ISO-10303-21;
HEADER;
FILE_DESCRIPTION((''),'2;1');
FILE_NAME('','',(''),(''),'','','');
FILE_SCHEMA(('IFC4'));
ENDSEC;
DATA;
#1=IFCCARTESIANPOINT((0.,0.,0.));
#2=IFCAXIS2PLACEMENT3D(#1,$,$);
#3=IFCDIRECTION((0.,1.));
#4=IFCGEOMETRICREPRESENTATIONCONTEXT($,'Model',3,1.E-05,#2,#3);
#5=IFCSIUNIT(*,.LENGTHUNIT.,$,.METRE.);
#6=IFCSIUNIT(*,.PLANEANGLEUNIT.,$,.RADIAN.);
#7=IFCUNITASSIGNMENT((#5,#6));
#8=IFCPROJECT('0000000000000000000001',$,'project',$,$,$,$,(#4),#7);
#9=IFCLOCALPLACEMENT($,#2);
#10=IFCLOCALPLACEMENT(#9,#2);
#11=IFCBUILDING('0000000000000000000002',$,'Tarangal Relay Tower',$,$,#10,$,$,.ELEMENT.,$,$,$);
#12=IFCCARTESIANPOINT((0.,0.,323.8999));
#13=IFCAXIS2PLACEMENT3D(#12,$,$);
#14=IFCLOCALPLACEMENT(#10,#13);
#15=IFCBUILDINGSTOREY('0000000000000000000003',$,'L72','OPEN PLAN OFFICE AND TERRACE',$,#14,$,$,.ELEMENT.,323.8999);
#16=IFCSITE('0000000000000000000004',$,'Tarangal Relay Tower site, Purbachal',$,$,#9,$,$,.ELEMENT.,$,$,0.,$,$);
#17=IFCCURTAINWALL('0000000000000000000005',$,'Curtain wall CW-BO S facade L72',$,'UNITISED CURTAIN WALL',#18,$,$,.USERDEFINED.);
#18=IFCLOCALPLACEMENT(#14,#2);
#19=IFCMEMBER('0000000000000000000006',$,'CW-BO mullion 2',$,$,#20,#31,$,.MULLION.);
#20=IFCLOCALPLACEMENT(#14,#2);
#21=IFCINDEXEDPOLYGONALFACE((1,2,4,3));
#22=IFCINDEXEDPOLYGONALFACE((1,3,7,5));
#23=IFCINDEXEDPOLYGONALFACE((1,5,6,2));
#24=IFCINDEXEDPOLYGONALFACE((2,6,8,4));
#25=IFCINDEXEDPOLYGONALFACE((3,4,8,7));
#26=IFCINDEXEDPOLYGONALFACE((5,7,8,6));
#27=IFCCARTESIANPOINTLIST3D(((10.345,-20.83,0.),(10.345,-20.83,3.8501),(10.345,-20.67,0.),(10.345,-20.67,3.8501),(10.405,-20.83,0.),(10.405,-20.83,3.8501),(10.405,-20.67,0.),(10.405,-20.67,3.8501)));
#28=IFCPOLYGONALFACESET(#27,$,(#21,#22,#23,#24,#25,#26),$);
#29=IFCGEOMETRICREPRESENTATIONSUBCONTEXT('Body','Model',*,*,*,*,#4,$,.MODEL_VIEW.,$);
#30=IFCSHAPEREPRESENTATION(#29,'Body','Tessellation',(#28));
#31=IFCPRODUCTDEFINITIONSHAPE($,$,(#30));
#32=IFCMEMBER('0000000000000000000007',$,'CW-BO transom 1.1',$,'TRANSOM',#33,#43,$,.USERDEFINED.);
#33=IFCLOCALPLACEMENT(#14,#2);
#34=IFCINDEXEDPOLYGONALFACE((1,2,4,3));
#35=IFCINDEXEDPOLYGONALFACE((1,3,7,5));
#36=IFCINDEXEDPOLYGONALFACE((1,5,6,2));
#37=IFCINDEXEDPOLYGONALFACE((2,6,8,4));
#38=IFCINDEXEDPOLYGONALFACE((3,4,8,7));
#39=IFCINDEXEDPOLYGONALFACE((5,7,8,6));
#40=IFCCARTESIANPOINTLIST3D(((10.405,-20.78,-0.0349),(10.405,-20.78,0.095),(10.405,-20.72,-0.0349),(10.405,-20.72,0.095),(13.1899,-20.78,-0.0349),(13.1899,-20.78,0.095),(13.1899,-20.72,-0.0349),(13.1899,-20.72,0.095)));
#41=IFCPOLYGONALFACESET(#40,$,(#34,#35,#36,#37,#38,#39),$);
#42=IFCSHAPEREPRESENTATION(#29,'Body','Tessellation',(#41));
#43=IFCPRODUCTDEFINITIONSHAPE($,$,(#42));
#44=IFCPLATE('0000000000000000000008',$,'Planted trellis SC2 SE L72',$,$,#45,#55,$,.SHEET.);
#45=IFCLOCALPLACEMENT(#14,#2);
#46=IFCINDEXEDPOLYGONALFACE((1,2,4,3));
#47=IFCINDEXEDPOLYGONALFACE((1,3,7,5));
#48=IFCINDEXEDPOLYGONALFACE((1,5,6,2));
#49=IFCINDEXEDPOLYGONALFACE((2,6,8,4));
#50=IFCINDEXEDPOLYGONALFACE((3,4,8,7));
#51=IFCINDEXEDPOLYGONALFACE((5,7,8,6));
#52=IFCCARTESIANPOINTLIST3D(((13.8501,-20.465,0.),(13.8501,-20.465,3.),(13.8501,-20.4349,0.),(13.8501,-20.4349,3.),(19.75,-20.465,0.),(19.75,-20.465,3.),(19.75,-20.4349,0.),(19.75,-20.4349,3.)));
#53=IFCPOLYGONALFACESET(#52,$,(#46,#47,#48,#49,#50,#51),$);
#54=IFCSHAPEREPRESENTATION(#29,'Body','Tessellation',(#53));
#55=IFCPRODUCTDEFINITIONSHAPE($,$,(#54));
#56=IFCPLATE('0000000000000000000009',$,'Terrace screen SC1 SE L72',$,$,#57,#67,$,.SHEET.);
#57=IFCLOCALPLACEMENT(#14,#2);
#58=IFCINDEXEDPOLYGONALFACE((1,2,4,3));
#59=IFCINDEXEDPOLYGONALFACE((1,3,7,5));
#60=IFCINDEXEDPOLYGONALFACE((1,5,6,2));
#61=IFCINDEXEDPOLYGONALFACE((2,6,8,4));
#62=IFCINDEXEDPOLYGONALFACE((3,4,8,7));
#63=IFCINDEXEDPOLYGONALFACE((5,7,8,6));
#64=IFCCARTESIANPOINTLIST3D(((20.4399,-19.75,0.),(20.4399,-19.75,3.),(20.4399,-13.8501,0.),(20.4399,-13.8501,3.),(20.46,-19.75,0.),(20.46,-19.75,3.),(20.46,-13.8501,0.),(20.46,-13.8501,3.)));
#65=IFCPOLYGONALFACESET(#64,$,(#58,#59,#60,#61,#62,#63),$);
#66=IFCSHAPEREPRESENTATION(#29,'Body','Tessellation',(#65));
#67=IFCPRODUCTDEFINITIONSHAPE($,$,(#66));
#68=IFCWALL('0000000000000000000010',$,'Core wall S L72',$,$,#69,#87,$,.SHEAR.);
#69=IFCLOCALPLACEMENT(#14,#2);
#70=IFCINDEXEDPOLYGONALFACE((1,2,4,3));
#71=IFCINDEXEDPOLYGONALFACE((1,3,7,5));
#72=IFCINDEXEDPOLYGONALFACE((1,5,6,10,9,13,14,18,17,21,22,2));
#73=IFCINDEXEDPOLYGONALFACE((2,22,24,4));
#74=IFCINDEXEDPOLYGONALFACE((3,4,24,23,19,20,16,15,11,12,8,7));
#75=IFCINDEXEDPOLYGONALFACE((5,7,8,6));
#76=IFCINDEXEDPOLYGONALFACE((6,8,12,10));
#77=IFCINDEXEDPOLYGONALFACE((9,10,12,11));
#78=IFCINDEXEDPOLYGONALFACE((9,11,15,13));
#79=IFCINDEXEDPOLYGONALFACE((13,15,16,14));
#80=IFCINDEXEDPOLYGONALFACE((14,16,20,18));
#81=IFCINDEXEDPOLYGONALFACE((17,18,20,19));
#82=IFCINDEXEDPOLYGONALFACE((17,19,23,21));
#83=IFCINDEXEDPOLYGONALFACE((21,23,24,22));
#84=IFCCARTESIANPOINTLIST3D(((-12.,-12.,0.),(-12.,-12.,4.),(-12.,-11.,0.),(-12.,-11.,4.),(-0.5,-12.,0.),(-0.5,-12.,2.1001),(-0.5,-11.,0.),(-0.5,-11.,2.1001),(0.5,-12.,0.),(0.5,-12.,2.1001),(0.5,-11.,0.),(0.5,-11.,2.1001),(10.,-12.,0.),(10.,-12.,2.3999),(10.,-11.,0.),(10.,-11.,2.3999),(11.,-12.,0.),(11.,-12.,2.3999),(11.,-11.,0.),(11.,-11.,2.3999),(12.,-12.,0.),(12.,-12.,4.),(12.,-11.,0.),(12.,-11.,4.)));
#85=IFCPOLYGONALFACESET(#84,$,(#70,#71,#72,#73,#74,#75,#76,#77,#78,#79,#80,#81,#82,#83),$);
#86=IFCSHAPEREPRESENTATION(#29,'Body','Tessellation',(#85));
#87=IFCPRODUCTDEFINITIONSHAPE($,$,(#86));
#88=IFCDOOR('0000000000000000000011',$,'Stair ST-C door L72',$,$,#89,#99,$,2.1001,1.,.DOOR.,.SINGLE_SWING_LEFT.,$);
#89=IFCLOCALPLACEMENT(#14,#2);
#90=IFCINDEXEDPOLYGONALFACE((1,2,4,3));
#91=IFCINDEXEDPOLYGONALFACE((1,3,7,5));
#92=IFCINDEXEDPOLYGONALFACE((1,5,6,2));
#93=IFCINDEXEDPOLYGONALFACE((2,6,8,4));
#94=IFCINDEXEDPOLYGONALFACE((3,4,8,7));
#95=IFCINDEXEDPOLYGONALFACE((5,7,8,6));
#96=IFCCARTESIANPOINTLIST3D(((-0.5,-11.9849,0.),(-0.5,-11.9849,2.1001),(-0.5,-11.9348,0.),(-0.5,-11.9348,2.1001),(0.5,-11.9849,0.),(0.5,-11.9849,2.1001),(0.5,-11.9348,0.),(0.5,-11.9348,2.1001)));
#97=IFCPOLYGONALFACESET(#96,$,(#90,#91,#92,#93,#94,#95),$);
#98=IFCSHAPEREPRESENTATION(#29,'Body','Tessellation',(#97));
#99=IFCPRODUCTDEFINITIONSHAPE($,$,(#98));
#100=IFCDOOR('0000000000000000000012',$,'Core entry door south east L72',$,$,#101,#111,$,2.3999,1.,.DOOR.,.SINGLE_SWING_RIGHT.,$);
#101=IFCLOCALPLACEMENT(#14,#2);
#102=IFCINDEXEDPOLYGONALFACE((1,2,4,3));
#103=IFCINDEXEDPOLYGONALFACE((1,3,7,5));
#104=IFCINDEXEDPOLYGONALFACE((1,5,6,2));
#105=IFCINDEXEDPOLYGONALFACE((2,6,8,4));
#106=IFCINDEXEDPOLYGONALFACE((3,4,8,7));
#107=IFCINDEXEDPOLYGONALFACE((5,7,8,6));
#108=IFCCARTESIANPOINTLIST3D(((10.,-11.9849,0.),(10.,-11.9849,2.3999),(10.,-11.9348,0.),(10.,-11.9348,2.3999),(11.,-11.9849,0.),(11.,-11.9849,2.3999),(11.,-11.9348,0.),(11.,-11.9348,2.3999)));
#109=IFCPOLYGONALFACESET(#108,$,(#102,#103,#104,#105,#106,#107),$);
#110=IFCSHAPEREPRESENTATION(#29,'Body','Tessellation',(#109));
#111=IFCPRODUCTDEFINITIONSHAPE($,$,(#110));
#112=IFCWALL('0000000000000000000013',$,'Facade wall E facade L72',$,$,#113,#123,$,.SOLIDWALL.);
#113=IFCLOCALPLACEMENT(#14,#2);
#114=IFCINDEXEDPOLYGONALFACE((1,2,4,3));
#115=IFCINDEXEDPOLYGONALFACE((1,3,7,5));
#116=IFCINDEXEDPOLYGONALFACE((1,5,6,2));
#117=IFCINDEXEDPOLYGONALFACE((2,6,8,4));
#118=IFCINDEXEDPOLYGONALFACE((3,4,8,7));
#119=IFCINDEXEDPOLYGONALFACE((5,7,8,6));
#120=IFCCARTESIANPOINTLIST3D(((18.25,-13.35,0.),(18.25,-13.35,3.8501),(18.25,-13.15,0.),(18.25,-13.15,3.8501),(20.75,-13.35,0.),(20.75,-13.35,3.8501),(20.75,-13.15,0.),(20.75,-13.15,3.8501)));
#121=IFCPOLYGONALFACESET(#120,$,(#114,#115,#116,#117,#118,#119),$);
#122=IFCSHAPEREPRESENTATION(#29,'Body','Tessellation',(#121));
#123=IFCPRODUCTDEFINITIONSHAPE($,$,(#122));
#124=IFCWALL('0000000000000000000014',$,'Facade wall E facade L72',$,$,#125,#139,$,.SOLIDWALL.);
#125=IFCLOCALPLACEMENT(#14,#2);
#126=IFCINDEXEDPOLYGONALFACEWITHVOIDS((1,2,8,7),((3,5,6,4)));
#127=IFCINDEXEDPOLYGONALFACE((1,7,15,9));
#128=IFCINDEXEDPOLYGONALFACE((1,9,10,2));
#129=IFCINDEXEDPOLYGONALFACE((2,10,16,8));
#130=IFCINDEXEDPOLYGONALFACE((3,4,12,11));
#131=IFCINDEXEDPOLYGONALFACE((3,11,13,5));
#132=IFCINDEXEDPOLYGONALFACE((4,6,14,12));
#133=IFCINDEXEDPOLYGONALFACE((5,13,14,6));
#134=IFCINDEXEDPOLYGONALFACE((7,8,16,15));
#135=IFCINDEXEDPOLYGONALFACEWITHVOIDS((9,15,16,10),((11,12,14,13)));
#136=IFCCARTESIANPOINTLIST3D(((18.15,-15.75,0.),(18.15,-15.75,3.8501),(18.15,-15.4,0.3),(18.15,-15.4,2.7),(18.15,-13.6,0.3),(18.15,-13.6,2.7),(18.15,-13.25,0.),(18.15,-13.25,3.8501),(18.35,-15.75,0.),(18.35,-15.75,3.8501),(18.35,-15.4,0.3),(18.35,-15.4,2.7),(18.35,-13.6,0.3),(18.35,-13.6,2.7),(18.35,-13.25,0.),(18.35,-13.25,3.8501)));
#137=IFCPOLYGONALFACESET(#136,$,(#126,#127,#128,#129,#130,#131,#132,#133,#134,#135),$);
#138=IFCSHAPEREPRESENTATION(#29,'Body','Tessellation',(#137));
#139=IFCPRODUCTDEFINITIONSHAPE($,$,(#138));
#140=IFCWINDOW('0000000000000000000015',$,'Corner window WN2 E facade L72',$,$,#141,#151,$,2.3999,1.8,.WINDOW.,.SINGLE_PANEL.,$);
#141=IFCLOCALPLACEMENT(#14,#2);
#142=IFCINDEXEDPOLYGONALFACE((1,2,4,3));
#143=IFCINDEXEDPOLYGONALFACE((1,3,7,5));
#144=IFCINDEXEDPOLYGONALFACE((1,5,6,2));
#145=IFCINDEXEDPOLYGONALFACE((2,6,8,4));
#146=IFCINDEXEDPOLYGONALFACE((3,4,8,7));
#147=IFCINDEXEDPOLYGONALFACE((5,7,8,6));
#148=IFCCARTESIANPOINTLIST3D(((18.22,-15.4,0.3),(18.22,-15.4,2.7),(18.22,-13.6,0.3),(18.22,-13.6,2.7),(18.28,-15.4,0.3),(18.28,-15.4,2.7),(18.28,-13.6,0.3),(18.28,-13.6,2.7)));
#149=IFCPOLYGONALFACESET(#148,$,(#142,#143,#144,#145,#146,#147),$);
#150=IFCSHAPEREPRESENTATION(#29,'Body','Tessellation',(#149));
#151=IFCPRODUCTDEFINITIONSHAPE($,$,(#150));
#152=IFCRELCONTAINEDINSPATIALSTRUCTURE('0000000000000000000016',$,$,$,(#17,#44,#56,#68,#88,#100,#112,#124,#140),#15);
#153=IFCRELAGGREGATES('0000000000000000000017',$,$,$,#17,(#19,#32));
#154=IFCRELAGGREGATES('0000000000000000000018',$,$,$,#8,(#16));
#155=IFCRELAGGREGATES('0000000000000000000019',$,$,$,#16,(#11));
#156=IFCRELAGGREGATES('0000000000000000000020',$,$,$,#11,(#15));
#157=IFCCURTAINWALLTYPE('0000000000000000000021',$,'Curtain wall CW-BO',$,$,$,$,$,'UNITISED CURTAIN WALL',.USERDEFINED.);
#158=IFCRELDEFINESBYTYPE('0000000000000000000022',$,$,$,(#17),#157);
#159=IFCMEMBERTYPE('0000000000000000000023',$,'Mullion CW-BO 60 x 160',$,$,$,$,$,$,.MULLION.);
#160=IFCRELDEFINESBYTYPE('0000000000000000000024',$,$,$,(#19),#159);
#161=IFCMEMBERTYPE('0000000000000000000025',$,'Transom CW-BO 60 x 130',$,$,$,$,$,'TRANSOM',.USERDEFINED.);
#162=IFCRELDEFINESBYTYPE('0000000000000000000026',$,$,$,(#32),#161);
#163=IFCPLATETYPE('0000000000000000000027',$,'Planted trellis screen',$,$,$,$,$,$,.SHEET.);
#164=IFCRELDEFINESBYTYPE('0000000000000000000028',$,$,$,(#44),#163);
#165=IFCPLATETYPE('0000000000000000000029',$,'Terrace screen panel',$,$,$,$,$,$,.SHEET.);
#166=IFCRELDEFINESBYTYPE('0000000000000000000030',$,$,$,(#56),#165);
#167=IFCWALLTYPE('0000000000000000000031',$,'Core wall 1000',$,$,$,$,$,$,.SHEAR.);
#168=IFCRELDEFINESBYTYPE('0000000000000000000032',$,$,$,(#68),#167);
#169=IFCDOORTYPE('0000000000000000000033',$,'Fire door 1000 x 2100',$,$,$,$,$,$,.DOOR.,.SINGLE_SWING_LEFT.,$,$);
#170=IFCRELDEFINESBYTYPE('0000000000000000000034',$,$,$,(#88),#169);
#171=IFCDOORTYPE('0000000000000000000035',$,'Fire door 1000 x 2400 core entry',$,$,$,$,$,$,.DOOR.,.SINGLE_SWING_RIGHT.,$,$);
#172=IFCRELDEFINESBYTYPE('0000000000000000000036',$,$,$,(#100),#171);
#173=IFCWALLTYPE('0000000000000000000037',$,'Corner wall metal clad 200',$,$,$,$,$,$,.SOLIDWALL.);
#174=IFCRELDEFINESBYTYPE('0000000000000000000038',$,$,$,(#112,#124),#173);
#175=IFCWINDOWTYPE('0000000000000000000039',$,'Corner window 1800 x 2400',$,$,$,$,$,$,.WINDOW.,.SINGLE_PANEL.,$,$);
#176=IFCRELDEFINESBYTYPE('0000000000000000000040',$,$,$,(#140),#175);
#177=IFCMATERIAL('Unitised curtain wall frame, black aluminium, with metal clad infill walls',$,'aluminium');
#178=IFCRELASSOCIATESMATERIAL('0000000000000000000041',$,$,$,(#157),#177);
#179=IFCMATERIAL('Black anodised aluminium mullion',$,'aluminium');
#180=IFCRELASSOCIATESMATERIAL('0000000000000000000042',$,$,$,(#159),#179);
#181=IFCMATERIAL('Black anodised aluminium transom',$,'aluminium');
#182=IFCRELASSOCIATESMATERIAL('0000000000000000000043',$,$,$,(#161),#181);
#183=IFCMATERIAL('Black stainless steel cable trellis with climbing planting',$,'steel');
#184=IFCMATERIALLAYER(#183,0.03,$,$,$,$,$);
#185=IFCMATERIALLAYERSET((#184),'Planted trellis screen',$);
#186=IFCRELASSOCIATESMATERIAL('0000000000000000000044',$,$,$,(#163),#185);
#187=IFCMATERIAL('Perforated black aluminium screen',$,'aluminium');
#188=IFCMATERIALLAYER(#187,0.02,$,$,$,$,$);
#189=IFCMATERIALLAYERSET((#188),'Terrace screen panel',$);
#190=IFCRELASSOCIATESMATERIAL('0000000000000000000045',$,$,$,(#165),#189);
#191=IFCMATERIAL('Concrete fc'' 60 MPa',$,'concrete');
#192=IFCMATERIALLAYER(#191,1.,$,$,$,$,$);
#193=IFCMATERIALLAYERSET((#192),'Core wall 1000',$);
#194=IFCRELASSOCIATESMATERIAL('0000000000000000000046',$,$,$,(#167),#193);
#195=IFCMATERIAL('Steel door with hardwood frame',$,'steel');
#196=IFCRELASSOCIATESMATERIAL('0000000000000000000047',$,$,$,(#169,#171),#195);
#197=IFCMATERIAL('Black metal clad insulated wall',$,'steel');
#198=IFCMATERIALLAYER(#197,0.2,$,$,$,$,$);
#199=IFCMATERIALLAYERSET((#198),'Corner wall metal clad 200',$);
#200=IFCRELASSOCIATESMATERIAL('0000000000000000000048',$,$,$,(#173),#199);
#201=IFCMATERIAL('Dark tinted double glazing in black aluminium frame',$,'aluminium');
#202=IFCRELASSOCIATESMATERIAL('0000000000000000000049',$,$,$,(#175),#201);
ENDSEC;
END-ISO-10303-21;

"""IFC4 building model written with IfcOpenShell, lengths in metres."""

from ifc_helpers import new_model, si_unit, direction, frame, frame_2d, origin, origin_2d, place, context, subcontext, project, spatial, rectangle, extrude, material, layer, layer_set, material_profile, profile_set, type_object, element, fill, aggregate, save


model = new_model("IFC4")

# Units and contexts
model_context = context("Model", 3, precision=1e-05, world=origin(), true_north=direction((0.0, 1.0)))
body_context = subcontext(model_context, "Body", "Model", "MODEL_VIEW")
ifc_project = project(units=[si_unit("LENGTHUNIT", "METRE"), si_unit("PLANEANGLEUNIT", "RADIAN")], contexts=[model_context])

# Site, building, storey
site_placement = place(None, origin())
site = spatial("IfcSite", under=ifc_project, at=site_placement, Name="Tarangal Relay Tower site, Purbachal", CompositionType="ELEMENT", RefElevation=0.0)
building_placement = place(site_placement, origin())
building = spatial("IfcBuilding", under=site, at=building_placement, Name="Tarangal Relay Tower", CompositionType="ELEMENT")
storey_placement = place(building_placement, frame((0.0, 0.0, 323.8999)))
storey = spatial("IfcBuildingStorey", under=building, at=storey_placement, Name="L72", Description="OPEN PLAN OFFICE AND TERRACE", CompositionType="ELEMENT", Elevation=323.8999)

# Shared definitions
ifc_material_1 = material(Name="Unitised curtain wall frame, black aluminium, with metal clad infill walls", Category="aluminium")
curtain_wall_type = type_object("IfcCurtainWallType", Name="Curtain wall CW-BO", ElementType="UNITISED CURTAIN WALL", PredefinedType="USERDEFINED", material=ifc_material_1)
ifc_material_2 = material(Name="Black anodised aluminium mullion", Category="aluminium")
ifc_material_profile_1 = material_profile(ifc_material_2, rectangle(XDim=0.1599, YDim=0.0601, at=origin_2d()), Name="CW-BOM 60X160")
ifc_profile_set_1 = profile_set([ifc_material_profile_1], Name="Black anodised aluminium mullion")
member_type_1 = type_object("IfcMemberType", Name="Mullion CW-BO 60 x 160", PredefinedType="MULLION", material=ifc_profile_set_1)

# Curtain wall, members
curtain_wall_1_placement = place(storey_placement, origin())
curtain_wall_1 = element("IfcCurtainWall", 1, at=curtain_wall_1_placement, inside=storey, type_object=curtain_wall_type, Name="Curtain wall CW-BO S facade L72", ObjectType="UNITISED CURTAIN WALL", PredefinedType="USERDEFINED")
member_1_placement = place(storey_placement, frame((10.375, -20.75, 0.0), z_axis=(0.0, 0.0, 1.0), x_axis=(0.0, -1.0, 0.0)))
member_1 = element("IfcMember", 2, at=member_1_placement, type_object=member_type_1, Name="CW-BO mullion 2", PredefinedType="MULLION", context=body_context, shape_type="SweptSolid", body=[
    extrude(rectangle(XDim=0.1599, YDim=0.0601, at=origin_2d()), origin(), (0.0, 0.0, 1.0), 3.8501),
])
ifc_material_3 = material(Name="Black anodised aluminium transom", Category="aluminium")
ifc_material_profile_2 = material_profile(ifc_material_3, rectangle(XDim=0.0601, YDim=0.1299, at=origin_2d()), Name="CW-BOT 60X130")
ifc_profile_set_2 = profile_set([ifc_material_profile_2], Name="Black anodised aluminium transom")
member_type_2 = type_object("IfcMemberType", Name="Transom CW-BO 60 x 130", ElementType="TRANSOM", PredefinedType="USERDEFINED", material=ifc_profile_set_2)
member_2_placement = place(storey_placement, frame((13.1899, -20.75, 0.03), z_axis=(-1.0, 0.0, 0.0), x_axis=(0.0, -1.0, 0.0)))
member_2 = element("IfcMember", 3, at=member_2_placement, type_object=member_type_2, Name="CW-BO transom 1.1", ObjectType="TRANSOM", PredefinedType="USERDEFINED", context=body_context, shape_type="SweptSolid", body=[
    extrude(rectangle(XDim=0.0601, YDim=0.1299, at=origin_2d()), origin(), (0.0, 0.0, 1.0), 2.7849),
])
aggregate(curtain_wall_1, [member_1, member_2])

# Plates
ifc_material_4 = material(Name="Black stainless steel cable trellis with climbing planting", Category="steel")
ifc_layer_1 = layer(ifc_material_4, 0.03)
ifc_layer_set_1 = layer_set([ifc_layer_1], Name="Planted trellis screen")
plate_type_1 = type_object("IfcPlateType", Name="Planted trellis screen", PredefinedType="SHEET", material=ifc_layer_set_1)
plate_1_placement = place(storey_placement, frame((16.8, -20.45, 0.0), z_axis=(0.0, 0.0, 1.0), x_axis=(-1.0, 0.0, 0.0)))
element("IfcPlate", 4, at=plate_1_placement, inside=storey, type_object=plate_type_1, Name="Planted trellis SC2 SE L72", PredefinedType="SHEET", context=body_context, shape_type="SweptSolid", body=[
    extrude(rectangle(XDim=5.8999, YDim=0.03, at=origin_2d()), origin(), (0.0, 0.0, 1.0), 3.0),
])
ifc_material_5 = material(Name="Perforated black aluminium screen", Category="aluminium")
ifc_layer_2 = layer(ifc_material_5, 0.02)
ifc_layer_set_2 = layer_set([ifc_layer_2], Name="Terrace screen panel")
plate_type_2 = type_object("IfcPlateType", Name="Terrace screen panel", PredefinedType="SHEET", material=ifc_layer_set_2)
plate_2_placement = place(storey_placement, frame((20.45, -16.8, 0.0), z_axis=(0.0, 0.0, 1.0), x_axis=(0.0, -1.0, 0.0)))
element("IfcPlate", 5, at=plate_2_placement, inside=storey, type_object=plate_type_2, Name="Terrace screen SC1 SE L72", PredefinedType="SHEET", context=body_context, shape_type="SweptSolid", body=[
    extrude(rectangle(XDim=5.8999, YDim=0.02, at=origin_2d()), origin(), (0.0, 0.0, 1.0), 3.0),
])

# Wall, openings, doors
ifc_material_6 = material(Name="Concrete fc' 60 MPa", Category="concrete")
ifc_layer_3 = layer(ifc_material_6, 1.0)
ifc_layer_set_3 = layer_set([ifc_layer_3], Name="Core wall 1000")
wall_type_1 = type_object("IfcWallType", Name="Core wall 1000", PredefinedType="SHEAR", material=ifc_layer_set_3)
wall_1_placement = place(storey_placement, frame((12.0, -11.5, 0.0), z_axis=(0.0, 0.0, 1.0), x_axis=(-1.0, 0.0, 0.0)))
wall_1 = element("IfcWall", 6, at=wall_1_placement, inside=storey, type_object=wall_type_1, Name="Core wall S L72", PredefinedType="SHEAR", context=body_context, shape_type="SweptSolid", body=[
    extrude(rectangle(XDim=24.0, YDim=1.0, at=frame_2d((12.0, 0.0))), origin(), (0.0, 0.0, 1.0), 4.0),
])
opening_1_placement = place(wall_1_placement, frame((11.5, 0.0, 0.0)))
opening_1 = element("IfcOpeningElement", 7, at=opening_1_placement, cuts=wall_1, PredefinedType="OPENING", context=body_context, shape_type="SweptSolid", body=[
    extrude(rectangle(XDim=1.0, YDim=2.1001, at=frame_2d((0.5, 1.05))), frame((0.0, 0.51, 0.0), z_axis=(0.0, -1.0, 0.0), x_axis=(1.0, 0.0, 0.0)), (0.0, 0.0, 1.0), 1.02),
])
opening_2_placement = place(wall_1_placement, frame((1.0, 0.0, 0.0)))
opening_2 = element("IfcOpeningElement", 8, at=opening_2_placement, cuts=wall_1, PredefinedType="OPENING", context=body_context, shape_type="SweptSolid", body=[
    extrude(rectangle(XDim=1.0, YDim=2.3999, at=frame_2d((0.5, 1.2))), frame((0.0, 0.51, 0.0), z_axis=(0.0, -1.0, 0.0), x_axis=(1.0, 0.0, 0.0)), (0.0, 0.0, 1.0), 1.02),
])
ifc_material_7 = material(Name="Steel door with hardwood frame", Category="steel")
door_type_1 = type_object("IfcDoorType", Name="Fire door 1000 x 2100", OperationType="SINGLE_SWING_LEFT", PredefinedType="DOOR", material=ifc_material_7)
door_1_placement = place(opening_1_placement, origin())
door_1 = element("IfcDoor", 9, at=door_1_placement, inside=storey, type_object=door_type_1, Name="Stair ST-C door L72", OperationType="SINGLE_SWING_LEFT", OverallHeight=2.1001, OverallWidth=1.0, PredefinedType="DOOR", context=body_context, shape_type="SweptSolid", body=[
    extrude(rectangle(XDim=1.0, YDim=2.1001, at=frame_2d((0.5, 1.05))), frame((0.0, 0.4849, 0.0), z_axis=(0.0, -1.0, 0.0), x_axis=(1.0, 0.0, 0.0)), (0.0, 0.0, 1.0), 0.05),
])
fill(opening_1, door_1)
door_type_2 = type_object("IfcDoorType", Name="Fire door 1000 x 2400 core entry", OperationType="SINGLE_SWING_RIGHT", PredefinedType="DOOR", material=ifc_material_7)
door_2_placement = place(opening_2_placement, origin())
door_2 = element("IfcDoor", 10, at=door_2_placement, inside=storey, type_object=door_type_2, Name="Core entry door south east L72", OperationType="SINGLE_SWING_RIGHT", OverallHeight=2.3999, OverallWidth=1.0, PredefinedType="DOOR", context=body_context, shape_type="SweptSolid", body=[
    extrude(rectangle(XDim=1.0, YDim=2.3999, at=frame_2d((0.5, 1.2))), frame((0.0, 0.4849, 0.0), z_axis=(0.0, -1.0, 0.0), x_axis=(1.0, 0.0, 0.0)), (0.0, 0.0, 1.0), 0.05),
])
fill(opening_2, door_2)

# Wall
ifc_material_8 = material(Name="Black metal clad insulated wall", Category="steel")
ifc_layer_4 = layer(ifc_material_8, 0.2)
ifc_layer_set_4 = layer_set([ifc_layer_4], Name="Corner wall metal clad 200")
wall_type_2 = type_object("IfcWallType", Name="Corner wall metal clad 200", PredefinedType="SOLIDWALL", material=ifc_layer_set_4)
wall_2_placement = place(storey_placement, frame((20.75, -13.25, 0.0), z_axis=(0.0, 0.0, 1.0), x_axis=(-1.0, 0.0, 0.0)))
element("IfcWall", 11, at=wall_2_placement, inside=storey, type_object=wall_type_2, Name="Facade wall E facade L72", PredefinedType="SOLIDWALL", context=body_context, shape_type="SweptSolid", body=[
    extrude(rectangle(XDim=2.5, YDim=0.2, at=frame_2d((1.25, 0.0))), origin(), (0.0, 0.0, 1.0), 3.8501),
])

# Wall, opening, window
wall_3_placement = place(storey_placement, frame((18.25, -13.25, 0.0), z_axis=(0.0, 0.0, 1.0), x_axis=(0.0, -1.0, 0.0)))
wall_3 = element("IfcWall", 12, at=wall_3_placement, inside=storey, type_object=wall_type_2, Name="Facade wall E facade L72", PredefinedType="SOLIDWALL", context=body_context, shape_type="SweptSolid", body=[
    extrude(rectangle(XDim=2.5, YDim=0.2, at=frame_2d((1.25, 0.0))), origin(), (0.0, 0.0, 1.0), 3.8501),
])
opening_3_placement = place(wall_3_placement, frame((0.3501, 0.0, 0.3)))
opening_3 = element("IfcOpeningElement", 13, at=opening_3_placement, cuts=wall_3, PredefinedType="OPENING", context=body_context, shape_type="SweptSolid", body=[
    extrude(rectangle(XDim=1.8, YDim=2.3999, at=frame_2d((0.8999, 1.2))), frame((0.0, 0.1099, 0.0), z_axis=(0.0, -1.0, 0.0), x_axis=(1.0, 0.0, 0.0)), (0.0, 0.0, 1.0), 0.22),
])
ifc_material_9 = material(Name="Dark tinted double glazing in black aluminium frame", Category="aluminium")
window_type = type_object("IfcWindowType", Name="Corner window 1800 x 2400", PartitioningType="SINGLE_PANEL", PredefinedType="WINDOW", material=ifc_material_9)
window_1_placement = place(opening_3_placement, origin())
window_1 = element("IfcWindow", 14, at=window_1_placement, inside=storey, type_object=window_type, Name="Corner window WN2 E facade L72", OverallHeight=2.3999, OverallWidth=1.8, PartitioningType="SINGLE_PANEL", PredefinedType="WINDOW", context=body_context, shape_type="SweptSolid", body=[
    extrude(rectangle(XDim=1.8, YDim=2.3999, at=frame_2d((0.8999, 1.2))), frame((0.0, 0.03, 0.0), z_axis=(0.0, -1.0, 0.0), x_axis=(1.0, 0.0, 0.0)), (0.0, 0.0, 1.0), 0.0601),
])
fill(opening_3, window_1)

save(model, "model.ifc")
